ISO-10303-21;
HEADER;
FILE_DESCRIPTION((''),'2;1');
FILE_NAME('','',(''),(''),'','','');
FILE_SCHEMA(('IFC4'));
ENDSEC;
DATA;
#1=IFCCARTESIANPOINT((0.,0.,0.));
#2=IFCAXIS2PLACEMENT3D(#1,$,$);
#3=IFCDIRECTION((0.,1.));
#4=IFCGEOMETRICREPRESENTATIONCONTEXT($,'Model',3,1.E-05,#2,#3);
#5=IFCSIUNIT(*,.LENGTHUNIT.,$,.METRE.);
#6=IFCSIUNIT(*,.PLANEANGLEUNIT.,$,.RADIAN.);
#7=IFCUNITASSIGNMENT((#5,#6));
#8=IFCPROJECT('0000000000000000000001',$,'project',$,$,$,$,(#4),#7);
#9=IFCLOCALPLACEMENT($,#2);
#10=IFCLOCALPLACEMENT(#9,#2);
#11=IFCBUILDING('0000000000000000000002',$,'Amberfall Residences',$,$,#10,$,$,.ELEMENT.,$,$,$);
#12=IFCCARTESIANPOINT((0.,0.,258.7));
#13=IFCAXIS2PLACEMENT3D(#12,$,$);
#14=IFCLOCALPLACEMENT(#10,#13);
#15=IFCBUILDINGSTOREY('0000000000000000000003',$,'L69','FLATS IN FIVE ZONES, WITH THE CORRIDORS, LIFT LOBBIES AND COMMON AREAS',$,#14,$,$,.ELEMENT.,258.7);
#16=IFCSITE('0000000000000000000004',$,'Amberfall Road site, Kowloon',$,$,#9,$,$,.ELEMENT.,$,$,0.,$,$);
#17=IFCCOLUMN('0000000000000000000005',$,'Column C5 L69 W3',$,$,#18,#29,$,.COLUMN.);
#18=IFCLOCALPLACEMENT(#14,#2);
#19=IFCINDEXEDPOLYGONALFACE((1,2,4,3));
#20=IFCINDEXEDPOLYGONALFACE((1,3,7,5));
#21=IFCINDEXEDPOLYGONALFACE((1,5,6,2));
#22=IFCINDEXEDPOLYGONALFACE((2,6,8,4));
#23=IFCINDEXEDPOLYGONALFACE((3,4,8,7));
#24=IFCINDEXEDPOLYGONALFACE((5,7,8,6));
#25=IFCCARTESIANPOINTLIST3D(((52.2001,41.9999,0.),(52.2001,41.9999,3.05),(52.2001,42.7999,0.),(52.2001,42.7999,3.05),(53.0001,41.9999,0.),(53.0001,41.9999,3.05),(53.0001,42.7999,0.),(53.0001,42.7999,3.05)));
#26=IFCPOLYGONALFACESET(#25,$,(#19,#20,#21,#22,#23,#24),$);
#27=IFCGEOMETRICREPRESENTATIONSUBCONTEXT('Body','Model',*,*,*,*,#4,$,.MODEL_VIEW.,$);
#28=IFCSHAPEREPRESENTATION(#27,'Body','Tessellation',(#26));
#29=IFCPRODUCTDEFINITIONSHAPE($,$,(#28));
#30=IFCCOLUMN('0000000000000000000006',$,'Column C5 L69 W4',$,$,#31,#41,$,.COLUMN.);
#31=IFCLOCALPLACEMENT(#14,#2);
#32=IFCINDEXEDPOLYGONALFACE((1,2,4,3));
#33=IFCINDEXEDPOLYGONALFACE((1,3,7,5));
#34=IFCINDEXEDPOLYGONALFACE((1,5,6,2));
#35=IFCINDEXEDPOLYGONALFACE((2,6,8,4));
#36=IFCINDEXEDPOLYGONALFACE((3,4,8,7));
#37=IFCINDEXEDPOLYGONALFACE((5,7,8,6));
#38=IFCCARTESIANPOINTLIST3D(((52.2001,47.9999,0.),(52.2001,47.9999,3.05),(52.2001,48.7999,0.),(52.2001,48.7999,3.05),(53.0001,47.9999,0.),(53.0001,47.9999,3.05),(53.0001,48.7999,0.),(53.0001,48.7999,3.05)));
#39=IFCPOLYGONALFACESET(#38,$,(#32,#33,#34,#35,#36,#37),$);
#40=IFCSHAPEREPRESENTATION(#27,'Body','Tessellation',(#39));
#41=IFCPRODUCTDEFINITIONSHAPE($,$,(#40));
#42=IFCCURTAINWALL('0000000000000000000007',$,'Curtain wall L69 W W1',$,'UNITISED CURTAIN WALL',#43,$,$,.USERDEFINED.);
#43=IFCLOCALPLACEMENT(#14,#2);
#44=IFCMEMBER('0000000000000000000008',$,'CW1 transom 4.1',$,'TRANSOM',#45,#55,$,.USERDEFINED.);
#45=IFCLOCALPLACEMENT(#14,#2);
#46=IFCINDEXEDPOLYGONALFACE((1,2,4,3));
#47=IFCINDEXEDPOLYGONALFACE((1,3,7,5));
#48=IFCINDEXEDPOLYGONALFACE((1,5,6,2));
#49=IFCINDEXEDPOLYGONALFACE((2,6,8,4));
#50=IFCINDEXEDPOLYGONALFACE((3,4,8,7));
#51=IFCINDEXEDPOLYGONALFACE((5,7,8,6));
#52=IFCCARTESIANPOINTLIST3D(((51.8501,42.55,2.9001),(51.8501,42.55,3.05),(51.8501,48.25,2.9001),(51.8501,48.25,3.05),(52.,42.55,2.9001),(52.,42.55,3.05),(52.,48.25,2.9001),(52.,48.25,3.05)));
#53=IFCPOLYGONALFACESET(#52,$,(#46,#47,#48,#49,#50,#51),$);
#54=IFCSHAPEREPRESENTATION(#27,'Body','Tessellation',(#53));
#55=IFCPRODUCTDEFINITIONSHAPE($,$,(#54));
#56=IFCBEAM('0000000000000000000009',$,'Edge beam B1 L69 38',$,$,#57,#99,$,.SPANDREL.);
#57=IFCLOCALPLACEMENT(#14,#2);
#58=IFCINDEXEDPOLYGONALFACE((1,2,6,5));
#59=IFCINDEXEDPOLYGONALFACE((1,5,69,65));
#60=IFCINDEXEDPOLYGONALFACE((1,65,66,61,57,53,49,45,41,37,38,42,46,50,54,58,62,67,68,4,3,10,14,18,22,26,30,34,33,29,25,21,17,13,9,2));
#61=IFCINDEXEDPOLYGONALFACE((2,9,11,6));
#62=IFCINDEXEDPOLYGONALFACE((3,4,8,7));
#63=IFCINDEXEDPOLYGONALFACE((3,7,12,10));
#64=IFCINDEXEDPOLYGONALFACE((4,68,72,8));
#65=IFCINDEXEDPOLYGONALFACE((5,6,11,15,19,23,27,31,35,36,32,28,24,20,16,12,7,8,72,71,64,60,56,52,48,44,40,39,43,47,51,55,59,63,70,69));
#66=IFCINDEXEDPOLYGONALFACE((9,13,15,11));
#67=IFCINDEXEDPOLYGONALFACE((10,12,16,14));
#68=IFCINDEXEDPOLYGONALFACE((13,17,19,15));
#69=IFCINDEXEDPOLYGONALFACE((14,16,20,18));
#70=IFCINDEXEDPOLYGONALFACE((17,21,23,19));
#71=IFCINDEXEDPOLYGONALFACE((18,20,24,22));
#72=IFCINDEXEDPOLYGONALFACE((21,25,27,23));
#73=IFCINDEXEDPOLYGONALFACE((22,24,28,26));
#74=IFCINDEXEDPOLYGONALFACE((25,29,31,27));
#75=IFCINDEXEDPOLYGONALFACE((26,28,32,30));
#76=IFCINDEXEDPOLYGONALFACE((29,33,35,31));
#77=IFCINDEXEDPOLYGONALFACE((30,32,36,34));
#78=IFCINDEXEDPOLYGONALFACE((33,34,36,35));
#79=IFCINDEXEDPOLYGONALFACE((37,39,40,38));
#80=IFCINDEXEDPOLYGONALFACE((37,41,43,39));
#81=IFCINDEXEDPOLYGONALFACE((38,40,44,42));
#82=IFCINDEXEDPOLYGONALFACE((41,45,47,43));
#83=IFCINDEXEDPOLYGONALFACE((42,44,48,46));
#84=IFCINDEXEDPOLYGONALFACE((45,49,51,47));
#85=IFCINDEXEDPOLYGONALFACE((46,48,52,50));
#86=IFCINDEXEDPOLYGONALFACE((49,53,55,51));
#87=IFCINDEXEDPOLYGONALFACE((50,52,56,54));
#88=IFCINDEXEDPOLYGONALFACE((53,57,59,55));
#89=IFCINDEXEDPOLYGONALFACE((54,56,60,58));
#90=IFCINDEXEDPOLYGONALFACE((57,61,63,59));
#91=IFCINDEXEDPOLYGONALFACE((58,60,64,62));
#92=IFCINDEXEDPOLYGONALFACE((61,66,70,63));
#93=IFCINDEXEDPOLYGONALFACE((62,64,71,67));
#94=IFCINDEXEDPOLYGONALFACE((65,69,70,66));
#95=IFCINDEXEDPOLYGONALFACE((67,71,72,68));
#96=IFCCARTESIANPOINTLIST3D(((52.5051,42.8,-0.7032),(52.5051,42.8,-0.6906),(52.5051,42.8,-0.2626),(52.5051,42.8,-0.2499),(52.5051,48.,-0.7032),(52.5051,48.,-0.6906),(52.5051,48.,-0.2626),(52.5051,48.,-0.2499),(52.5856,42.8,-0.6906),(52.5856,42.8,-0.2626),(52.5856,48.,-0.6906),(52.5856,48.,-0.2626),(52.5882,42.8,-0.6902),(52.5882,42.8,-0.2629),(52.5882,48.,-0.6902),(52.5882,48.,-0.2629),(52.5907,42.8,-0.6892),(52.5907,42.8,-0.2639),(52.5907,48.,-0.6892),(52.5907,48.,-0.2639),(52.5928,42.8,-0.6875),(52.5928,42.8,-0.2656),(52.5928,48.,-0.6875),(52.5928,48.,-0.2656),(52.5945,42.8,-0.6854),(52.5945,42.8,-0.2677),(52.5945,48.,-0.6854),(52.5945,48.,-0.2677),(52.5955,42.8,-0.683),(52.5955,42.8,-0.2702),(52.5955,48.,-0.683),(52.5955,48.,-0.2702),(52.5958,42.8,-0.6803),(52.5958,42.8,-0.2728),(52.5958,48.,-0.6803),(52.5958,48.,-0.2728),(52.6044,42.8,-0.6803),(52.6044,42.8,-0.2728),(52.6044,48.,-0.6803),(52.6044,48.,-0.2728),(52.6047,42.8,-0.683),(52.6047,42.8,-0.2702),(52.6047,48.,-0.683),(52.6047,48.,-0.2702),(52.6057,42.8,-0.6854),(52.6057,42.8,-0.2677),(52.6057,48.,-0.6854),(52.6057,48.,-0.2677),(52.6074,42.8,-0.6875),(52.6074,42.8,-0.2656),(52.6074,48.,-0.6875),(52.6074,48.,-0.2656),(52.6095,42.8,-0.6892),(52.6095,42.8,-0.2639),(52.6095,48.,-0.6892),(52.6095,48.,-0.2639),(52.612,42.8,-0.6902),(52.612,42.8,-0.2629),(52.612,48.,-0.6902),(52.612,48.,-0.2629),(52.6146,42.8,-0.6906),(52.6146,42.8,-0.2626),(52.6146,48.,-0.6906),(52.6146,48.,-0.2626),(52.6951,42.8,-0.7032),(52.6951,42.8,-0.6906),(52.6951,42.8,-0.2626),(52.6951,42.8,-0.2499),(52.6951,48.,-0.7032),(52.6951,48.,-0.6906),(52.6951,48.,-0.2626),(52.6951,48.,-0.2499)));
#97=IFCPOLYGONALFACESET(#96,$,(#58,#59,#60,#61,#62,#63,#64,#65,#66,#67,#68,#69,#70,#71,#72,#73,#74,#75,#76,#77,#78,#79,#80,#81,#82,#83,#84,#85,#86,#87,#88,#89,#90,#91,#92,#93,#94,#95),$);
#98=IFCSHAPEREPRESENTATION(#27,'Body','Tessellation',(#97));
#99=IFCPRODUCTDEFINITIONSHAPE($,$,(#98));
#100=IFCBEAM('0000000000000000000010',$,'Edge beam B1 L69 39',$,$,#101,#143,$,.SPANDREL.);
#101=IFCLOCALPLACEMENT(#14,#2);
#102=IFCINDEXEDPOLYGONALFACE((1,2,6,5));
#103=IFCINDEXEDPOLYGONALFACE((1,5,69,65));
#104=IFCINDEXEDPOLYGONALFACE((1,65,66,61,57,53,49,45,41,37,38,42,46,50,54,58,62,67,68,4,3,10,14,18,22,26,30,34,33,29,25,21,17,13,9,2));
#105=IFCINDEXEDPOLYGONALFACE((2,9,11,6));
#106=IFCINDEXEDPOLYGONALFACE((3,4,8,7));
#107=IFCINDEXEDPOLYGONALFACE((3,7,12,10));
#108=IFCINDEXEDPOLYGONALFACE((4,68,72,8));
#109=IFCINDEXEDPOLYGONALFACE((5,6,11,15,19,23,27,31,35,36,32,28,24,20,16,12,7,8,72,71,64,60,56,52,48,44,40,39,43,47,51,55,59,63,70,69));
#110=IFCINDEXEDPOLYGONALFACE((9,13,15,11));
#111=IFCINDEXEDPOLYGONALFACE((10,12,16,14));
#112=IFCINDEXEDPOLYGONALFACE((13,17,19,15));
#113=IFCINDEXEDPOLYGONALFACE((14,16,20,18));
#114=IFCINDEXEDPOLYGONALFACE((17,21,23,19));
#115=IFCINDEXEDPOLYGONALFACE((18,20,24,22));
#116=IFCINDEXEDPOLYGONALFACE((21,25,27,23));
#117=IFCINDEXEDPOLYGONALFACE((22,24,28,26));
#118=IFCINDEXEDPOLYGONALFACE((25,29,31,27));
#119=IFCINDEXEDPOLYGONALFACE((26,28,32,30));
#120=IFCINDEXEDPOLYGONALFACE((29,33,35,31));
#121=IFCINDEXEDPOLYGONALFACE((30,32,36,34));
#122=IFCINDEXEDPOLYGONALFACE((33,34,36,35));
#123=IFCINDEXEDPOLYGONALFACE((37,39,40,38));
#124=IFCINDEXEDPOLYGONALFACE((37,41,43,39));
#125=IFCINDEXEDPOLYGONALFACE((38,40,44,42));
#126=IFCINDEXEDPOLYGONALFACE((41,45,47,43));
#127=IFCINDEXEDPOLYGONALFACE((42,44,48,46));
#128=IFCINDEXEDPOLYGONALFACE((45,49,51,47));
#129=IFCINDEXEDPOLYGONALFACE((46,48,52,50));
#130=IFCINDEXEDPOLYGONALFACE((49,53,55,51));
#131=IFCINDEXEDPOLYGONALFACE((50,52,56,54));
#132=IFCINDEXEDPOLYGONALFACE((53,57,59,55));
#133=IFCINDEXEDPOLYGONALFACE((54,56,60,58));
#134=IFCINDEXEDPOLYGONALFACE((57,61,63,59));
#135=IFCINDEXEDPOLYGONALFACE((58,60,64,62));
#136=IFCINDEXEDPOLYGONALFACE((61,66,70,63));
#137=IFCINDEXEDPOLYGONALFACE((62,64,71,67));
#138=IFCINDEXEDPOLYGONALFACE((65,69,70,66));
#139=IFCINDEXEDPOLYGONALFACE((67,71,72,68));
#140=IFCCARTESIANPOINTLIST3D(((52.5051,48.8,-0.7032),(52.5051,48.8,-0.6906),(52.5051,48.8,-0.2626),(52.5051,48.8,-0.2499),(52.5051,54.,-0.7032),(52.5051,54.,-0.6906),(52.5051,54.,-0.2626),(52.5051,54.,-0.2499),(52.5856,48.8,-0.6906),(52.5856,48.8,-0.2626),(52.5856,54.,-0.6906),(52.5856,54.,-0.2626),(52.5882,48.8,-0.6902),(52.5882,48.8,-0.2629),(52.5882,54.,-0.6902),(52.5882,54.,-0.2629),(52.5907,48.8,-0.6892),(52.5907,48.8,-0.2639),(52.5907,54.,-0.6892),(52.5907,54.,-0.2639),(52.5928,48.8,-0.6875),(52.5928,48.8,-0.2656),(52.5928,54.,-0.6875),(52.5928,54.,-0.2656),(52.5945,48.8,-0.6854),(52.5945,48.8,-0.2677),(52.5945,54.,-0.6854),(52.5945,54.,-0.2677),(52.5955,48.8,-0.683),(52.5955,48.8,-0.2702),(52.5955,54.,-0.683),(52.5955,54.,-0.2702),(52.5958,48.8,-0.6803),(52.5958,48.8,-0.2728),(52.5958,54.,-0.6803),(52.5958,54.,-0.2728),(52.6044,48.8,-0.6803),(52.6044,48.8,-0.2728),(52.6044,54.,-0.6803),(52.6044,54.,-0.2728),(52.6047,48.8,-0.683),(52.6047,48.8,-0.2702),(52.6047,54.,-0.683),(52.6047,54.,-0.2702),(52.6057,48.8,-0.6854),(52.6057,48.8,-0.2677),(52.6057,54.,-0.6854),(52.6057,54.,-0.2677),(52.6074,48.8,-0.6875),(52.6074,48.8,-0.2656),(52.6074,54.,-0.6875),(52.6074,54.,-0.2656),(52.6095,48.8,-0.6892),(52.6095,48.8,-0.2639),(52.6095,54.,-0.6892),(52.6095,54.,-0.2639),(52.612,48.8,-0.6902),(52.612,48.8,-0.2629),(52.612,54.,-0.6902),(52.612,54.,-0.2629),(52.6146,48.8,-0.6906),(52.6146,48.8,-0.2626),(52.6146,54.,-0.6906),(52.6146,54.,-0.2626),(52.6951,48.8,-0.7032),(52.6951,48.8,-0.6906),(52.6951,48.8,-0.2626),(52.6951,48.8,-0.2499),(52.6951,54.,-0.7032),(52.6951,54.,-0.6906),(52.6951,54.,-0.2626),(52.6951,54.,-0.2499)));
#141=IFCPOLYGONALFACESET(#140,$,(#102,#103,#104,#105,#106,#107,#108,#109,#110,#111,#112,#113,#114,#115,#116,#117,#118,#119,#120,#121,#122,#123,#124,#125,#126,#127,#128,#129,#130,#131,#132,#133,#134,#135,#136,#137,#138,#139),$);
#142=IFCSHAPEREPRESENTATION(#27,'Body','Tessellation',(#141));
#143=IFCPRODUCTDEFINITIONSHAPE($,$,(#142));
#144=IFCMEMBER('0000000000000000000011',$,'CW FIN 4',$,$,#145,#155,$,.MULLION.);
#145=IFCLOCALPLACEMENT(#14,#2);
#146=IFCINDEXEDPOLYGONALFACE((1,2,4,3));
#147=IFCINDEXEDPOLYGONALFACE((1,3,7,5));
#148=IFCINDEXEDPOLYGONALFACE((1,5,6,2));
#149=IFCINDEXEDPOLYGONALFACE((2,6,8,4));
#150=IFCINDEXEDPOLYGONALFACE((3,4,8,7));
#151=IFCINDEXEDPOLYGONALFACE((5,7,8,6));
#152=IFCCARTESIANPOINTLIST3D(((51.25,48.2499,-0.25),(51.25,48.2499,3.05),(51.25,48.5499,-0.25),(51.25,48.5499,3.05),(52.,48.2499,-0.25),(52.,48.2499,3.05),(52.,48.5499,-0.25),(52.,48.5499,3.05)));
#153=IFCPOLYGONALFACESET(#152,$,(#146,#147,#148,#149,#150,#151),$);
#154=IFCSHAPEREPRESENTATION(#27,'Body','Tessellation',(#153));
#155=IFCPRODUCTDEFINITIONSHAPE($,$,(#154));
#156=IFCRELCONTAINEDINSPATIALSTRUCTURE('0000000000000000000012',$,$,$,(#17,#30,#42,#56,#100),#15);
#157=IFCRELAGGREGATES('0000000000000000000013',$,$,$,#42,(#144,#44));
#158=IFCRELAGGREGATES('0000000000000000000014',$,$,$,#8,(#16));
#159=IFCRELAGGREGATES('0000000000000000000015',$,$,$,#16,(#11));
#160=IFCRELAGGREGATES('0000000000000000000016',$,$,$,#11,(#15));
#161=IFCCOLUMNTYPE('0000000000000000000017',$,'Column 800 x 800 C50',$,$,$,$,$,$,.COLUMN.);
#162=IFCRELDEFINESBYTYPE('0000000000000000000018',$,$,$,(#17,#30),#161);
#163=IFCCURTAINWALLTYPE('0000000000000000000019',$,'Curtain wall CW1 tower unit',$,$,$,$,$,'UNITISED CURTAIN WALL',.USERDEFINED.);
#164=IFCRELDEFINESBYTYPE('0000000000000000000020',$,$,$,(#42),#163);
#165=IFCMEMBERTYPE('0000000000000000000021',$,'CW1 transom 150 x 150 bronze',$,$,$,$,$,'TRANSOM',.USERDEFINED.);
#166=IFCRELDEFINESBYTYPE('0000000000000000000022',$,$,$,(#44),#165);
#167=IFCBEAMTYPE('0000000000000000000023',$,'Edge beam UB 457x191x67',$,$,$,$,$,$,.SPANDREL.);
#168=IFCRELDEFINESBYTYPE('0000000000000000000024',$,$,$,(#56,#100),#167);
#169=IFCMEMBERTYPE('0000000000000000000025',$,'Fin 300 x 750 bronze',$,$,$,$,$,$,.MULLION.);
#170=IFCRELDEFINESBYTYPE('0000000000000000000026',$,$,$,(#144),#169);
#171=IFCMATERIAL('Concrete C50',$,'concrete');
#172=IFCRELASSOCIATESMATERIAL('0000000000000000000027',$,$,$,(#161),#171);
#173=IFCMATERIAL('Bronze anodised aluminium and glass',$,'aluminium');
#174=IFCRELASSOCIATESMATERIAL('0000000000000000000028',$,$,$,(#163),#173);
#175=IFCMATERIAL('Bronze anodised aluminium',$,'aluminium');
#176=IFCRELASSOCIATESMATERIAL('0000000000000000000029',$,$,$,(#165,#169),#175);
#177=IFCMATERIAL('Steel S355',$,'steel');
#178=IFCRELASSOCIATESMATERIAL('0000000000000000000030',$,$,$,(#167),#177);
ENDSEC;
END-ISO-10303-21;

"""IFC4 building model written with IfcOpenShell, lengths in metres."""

from ifc_helpers import new_model, si_unit, direction, frame, origin, origin_2d, place, context, subcontext, project, spatial, rectangle, i_section, extrude, material, material_profile, profile_set, type_object, element, aggregate, save


model = new_model("IFC4")

# Units and contexts
model_context = context("Model", 3, precision=1e-05, world=origin(), true_north=direction((0.0, 1.0)))
body_context = subcontext(model_context, "Body", "Model", "MODEL_VIEW")
ifc_project = project(units=[si_unit("LENGTHUNIT", "METRE"), si_unit("PLANEANGLEUNIT", "RADIAN")], contexts=[model_context])

# Site, building, storey
site_placement = place(None, origin())
site = spatial("IfcSite", under=ifc_project, at=site_placement, Name="Amberfall Road site, Kowloon", CompositionType="ELEMENT", RefElevation=0.0)
building_placement = place(site_placement, origin())
building = spatial("IfcBuilding", under=site, at=building_placement, Name="Amberfall Residences", CompositionType="ELEMENT")
storey_placement = place(building_placement, frame((0.0, 0.0, 258.7)))
storey = spatial("IfcBuildingStorey", under=building, at=storey_placement, Name="L69", Description="FLATS IN FIVE ZONES, WITH THE CORRIDORS, LIFT LOBBIES AND COMMON AREAS", CompositionType="ELEMENT", Elevation=258.7)

# Columns
ifc_material_1 = material(Name="Concrete C50", Category="concrete")
ifc_material_profile_1 = material_profile(ifc_material_1, rectangle(XDim=0.8, YDim=0.8, at=origin_2d()), Name="Column 800 x 800 C50")
ifc_profile_set_1 = profile_set([ifc_material_profile_1], Name="Concrete C50")
column_type = type_object("IfcColumnType", Name="Column 800 x 800 C50", PredefinedType="COLUMN", material=ifc_profile_set_1)
for number, where, z_axis, x_axis, name in (
    (1, (52.6001, 42.3999, 0.0), (0.0, 0.0, 1.0), (1.0, 0.0, 0.0), "Column C5 L69 W3"),
    (2, (52.6001, 48.3999, 0.0), (0.0, 0.0, 1.0), (1.0, 0.0, 0.0), "Column C5 L69 W4"),
):
    element("IfcColumn", number, at=place(storey_placement, frame(where, z_axis=z_axis, x_axis=x_axis)), inside=storey, type_object=column_type, Name=name, PredefinedType="COLUMN", context=body_context, shape_type="SweptSolid", body=[
        extrude(rectangle(XDim=0.8, YDim=0.8, at=origin_2d()), origin(), (0.0, 0.0, 1.0), 3.05),
    ])

# Curtain wall, member
ifc_material_2 = material(Name="Bronze anodised aluminium and glass", Category="aluminium")
curtain_wall_type = type_object("IfcCurtainWallType", Name="Curtain wall CW1 tower unit", ElementType="UNITISED CURTAIN WALL", PredefinedType="USERDEFINED", material=ifc_material_2)
curtain_wall_placement = place(storey_placement, origin())
curtain_wall = element("IfcCurtainWall", 3, at=curtain_wall_placement, inside=storey, type_object=curtain_wall_type, Name="Curtain wall L69 W W1", ObjectType="UNITISED CURTAIN WALL", PredefinedType="USERDEFINED")
ifc_material_3 = material(Name="Bronze anodised aluminium", Category="aluminium")
ifc_material_profile_2 = material_profile(ifc_material_3, rectangle(XDim=0.1499, YDim=0.1499, at=origin_2d()), Name="CW1 transom 150 x 150 bronze")
ifc_profile_set_2 = profile_set([ifc_material_profile_2], Name="Bronze anodised aluminium")
member_type_1 = type_object("IfcMemberType", Name="CW1 transom 150 x 150 bronze", ElementType="TRANSOM", PredefinedType="USERDEFINED", material=ifc_profile_set_2)
member_1_placement = place(storey_placement, frame((51.925, 48.25, 2.9751), z_axis=(0.0, -1.0, 0.0), x_axis=(1.0, 0.0, 0.0)))
member_1 = element("IfcMember", 4, at=member_1_placement, type_object=member_type_1, Name="CW1 transom 4.1", ObjectType="TRANSOM", PredefinedType="USERDEFINED", context=body_context, shape_type="SweptSolid", body=[
    extrude(rectangle(XDim=0.1499, YDim=0.1499, at=origin_2d()), origin(), (0.0, 0.0, 1.0), 5.7),
])

# Beams
ifc_material_4 = material(Name="Steel S355", Category="steel")
ifc_material_profile_3 = material_profile(ifc_material_4, i_section(OverallWidth=0.1899, OverallDepth=0.4534, WebThickness=0.0085, FlangeThickness=0.0127, FilletRadius=0.0103, at=origin_2d()), Name="UB 457x191x67")
ifc_profile_set_3 = profile_set([ifc_material_profile_3], Name="Steel S355")
beam_type_1 = type_object("IfcBeamType", Name="Edge beam UB 457x191x67", PredefinedType="SPANDREL", material=ifc_profile_set_3)
for number, where, z_axis, x_axis, name in (
    (5, (52.6001, 42.8, -0.4766), (0.0, 1.0, 0.0), (-1.0, 0.0, 0.0), "Edge beam B1 L69 38"),
    (6, (52.6001, 48.8, -0.4766), (0.0, 1.0, 0.0), (-1.0, 0.0, 0.0), "Edge beam B1 L69 39"),
):
    element("IfcBeam", number, at=place(storey_placement, frame(where, z_axis=z_axis, x_axis=x_axis)), inside=storey, type_object=beam_type_1, Name=name, PredefinedType="SPANDREL", context=body_context, shape_type="SweptSolid", body=[
        extrude(i_section(OverallWidth=0.1899, OverallDepth=0.4534, WebThickness=0.0085, FlangeThickness=0.0127, FilletRadius=0.0103, at=origin_2d()), origin(), (0.0, 0.0, 1.0), 5.2),
    ])

# Member
ifc_material_profile_4 = material_profile(ifc_material_3, rectangle(XDim=0.75, YDim=0.3, at=origin_2d()), Name="Fin 300 x 750 bronze")
ifc_profile_set_4 = profile_set([ifc_material_profile_4], Name="Bronze anodised aluminium")
member_type_2 = type_object("IfcMemberType", Name="Fin 300 x 750 bronze", PredefinedType="MULLION", material=ifc_profile_set_4)
member_2_placement = place(storey_placement, frame((51.625, 48.3999, -0.25), z_axis=(0.0, 0.0, 1.0), x_axis=(1.0, 0.0, 0.0)))
member_2 = element("IfcMember", 7, at=member_2_placement, type_object=member_type_2, Name="CW FIN 4", PredefinedType="MULLION", context=body_context, shape_type="SweptSolid", body=[
    extrude(rectangle(XDim=0.75, YDim=0.3, at=origin_2d()), origin(), (0.0, 0.0, 1.0), 3.3),
])

aggregate(curtain_wall, [member_2, member_1])

save(model, "model.ifc")
